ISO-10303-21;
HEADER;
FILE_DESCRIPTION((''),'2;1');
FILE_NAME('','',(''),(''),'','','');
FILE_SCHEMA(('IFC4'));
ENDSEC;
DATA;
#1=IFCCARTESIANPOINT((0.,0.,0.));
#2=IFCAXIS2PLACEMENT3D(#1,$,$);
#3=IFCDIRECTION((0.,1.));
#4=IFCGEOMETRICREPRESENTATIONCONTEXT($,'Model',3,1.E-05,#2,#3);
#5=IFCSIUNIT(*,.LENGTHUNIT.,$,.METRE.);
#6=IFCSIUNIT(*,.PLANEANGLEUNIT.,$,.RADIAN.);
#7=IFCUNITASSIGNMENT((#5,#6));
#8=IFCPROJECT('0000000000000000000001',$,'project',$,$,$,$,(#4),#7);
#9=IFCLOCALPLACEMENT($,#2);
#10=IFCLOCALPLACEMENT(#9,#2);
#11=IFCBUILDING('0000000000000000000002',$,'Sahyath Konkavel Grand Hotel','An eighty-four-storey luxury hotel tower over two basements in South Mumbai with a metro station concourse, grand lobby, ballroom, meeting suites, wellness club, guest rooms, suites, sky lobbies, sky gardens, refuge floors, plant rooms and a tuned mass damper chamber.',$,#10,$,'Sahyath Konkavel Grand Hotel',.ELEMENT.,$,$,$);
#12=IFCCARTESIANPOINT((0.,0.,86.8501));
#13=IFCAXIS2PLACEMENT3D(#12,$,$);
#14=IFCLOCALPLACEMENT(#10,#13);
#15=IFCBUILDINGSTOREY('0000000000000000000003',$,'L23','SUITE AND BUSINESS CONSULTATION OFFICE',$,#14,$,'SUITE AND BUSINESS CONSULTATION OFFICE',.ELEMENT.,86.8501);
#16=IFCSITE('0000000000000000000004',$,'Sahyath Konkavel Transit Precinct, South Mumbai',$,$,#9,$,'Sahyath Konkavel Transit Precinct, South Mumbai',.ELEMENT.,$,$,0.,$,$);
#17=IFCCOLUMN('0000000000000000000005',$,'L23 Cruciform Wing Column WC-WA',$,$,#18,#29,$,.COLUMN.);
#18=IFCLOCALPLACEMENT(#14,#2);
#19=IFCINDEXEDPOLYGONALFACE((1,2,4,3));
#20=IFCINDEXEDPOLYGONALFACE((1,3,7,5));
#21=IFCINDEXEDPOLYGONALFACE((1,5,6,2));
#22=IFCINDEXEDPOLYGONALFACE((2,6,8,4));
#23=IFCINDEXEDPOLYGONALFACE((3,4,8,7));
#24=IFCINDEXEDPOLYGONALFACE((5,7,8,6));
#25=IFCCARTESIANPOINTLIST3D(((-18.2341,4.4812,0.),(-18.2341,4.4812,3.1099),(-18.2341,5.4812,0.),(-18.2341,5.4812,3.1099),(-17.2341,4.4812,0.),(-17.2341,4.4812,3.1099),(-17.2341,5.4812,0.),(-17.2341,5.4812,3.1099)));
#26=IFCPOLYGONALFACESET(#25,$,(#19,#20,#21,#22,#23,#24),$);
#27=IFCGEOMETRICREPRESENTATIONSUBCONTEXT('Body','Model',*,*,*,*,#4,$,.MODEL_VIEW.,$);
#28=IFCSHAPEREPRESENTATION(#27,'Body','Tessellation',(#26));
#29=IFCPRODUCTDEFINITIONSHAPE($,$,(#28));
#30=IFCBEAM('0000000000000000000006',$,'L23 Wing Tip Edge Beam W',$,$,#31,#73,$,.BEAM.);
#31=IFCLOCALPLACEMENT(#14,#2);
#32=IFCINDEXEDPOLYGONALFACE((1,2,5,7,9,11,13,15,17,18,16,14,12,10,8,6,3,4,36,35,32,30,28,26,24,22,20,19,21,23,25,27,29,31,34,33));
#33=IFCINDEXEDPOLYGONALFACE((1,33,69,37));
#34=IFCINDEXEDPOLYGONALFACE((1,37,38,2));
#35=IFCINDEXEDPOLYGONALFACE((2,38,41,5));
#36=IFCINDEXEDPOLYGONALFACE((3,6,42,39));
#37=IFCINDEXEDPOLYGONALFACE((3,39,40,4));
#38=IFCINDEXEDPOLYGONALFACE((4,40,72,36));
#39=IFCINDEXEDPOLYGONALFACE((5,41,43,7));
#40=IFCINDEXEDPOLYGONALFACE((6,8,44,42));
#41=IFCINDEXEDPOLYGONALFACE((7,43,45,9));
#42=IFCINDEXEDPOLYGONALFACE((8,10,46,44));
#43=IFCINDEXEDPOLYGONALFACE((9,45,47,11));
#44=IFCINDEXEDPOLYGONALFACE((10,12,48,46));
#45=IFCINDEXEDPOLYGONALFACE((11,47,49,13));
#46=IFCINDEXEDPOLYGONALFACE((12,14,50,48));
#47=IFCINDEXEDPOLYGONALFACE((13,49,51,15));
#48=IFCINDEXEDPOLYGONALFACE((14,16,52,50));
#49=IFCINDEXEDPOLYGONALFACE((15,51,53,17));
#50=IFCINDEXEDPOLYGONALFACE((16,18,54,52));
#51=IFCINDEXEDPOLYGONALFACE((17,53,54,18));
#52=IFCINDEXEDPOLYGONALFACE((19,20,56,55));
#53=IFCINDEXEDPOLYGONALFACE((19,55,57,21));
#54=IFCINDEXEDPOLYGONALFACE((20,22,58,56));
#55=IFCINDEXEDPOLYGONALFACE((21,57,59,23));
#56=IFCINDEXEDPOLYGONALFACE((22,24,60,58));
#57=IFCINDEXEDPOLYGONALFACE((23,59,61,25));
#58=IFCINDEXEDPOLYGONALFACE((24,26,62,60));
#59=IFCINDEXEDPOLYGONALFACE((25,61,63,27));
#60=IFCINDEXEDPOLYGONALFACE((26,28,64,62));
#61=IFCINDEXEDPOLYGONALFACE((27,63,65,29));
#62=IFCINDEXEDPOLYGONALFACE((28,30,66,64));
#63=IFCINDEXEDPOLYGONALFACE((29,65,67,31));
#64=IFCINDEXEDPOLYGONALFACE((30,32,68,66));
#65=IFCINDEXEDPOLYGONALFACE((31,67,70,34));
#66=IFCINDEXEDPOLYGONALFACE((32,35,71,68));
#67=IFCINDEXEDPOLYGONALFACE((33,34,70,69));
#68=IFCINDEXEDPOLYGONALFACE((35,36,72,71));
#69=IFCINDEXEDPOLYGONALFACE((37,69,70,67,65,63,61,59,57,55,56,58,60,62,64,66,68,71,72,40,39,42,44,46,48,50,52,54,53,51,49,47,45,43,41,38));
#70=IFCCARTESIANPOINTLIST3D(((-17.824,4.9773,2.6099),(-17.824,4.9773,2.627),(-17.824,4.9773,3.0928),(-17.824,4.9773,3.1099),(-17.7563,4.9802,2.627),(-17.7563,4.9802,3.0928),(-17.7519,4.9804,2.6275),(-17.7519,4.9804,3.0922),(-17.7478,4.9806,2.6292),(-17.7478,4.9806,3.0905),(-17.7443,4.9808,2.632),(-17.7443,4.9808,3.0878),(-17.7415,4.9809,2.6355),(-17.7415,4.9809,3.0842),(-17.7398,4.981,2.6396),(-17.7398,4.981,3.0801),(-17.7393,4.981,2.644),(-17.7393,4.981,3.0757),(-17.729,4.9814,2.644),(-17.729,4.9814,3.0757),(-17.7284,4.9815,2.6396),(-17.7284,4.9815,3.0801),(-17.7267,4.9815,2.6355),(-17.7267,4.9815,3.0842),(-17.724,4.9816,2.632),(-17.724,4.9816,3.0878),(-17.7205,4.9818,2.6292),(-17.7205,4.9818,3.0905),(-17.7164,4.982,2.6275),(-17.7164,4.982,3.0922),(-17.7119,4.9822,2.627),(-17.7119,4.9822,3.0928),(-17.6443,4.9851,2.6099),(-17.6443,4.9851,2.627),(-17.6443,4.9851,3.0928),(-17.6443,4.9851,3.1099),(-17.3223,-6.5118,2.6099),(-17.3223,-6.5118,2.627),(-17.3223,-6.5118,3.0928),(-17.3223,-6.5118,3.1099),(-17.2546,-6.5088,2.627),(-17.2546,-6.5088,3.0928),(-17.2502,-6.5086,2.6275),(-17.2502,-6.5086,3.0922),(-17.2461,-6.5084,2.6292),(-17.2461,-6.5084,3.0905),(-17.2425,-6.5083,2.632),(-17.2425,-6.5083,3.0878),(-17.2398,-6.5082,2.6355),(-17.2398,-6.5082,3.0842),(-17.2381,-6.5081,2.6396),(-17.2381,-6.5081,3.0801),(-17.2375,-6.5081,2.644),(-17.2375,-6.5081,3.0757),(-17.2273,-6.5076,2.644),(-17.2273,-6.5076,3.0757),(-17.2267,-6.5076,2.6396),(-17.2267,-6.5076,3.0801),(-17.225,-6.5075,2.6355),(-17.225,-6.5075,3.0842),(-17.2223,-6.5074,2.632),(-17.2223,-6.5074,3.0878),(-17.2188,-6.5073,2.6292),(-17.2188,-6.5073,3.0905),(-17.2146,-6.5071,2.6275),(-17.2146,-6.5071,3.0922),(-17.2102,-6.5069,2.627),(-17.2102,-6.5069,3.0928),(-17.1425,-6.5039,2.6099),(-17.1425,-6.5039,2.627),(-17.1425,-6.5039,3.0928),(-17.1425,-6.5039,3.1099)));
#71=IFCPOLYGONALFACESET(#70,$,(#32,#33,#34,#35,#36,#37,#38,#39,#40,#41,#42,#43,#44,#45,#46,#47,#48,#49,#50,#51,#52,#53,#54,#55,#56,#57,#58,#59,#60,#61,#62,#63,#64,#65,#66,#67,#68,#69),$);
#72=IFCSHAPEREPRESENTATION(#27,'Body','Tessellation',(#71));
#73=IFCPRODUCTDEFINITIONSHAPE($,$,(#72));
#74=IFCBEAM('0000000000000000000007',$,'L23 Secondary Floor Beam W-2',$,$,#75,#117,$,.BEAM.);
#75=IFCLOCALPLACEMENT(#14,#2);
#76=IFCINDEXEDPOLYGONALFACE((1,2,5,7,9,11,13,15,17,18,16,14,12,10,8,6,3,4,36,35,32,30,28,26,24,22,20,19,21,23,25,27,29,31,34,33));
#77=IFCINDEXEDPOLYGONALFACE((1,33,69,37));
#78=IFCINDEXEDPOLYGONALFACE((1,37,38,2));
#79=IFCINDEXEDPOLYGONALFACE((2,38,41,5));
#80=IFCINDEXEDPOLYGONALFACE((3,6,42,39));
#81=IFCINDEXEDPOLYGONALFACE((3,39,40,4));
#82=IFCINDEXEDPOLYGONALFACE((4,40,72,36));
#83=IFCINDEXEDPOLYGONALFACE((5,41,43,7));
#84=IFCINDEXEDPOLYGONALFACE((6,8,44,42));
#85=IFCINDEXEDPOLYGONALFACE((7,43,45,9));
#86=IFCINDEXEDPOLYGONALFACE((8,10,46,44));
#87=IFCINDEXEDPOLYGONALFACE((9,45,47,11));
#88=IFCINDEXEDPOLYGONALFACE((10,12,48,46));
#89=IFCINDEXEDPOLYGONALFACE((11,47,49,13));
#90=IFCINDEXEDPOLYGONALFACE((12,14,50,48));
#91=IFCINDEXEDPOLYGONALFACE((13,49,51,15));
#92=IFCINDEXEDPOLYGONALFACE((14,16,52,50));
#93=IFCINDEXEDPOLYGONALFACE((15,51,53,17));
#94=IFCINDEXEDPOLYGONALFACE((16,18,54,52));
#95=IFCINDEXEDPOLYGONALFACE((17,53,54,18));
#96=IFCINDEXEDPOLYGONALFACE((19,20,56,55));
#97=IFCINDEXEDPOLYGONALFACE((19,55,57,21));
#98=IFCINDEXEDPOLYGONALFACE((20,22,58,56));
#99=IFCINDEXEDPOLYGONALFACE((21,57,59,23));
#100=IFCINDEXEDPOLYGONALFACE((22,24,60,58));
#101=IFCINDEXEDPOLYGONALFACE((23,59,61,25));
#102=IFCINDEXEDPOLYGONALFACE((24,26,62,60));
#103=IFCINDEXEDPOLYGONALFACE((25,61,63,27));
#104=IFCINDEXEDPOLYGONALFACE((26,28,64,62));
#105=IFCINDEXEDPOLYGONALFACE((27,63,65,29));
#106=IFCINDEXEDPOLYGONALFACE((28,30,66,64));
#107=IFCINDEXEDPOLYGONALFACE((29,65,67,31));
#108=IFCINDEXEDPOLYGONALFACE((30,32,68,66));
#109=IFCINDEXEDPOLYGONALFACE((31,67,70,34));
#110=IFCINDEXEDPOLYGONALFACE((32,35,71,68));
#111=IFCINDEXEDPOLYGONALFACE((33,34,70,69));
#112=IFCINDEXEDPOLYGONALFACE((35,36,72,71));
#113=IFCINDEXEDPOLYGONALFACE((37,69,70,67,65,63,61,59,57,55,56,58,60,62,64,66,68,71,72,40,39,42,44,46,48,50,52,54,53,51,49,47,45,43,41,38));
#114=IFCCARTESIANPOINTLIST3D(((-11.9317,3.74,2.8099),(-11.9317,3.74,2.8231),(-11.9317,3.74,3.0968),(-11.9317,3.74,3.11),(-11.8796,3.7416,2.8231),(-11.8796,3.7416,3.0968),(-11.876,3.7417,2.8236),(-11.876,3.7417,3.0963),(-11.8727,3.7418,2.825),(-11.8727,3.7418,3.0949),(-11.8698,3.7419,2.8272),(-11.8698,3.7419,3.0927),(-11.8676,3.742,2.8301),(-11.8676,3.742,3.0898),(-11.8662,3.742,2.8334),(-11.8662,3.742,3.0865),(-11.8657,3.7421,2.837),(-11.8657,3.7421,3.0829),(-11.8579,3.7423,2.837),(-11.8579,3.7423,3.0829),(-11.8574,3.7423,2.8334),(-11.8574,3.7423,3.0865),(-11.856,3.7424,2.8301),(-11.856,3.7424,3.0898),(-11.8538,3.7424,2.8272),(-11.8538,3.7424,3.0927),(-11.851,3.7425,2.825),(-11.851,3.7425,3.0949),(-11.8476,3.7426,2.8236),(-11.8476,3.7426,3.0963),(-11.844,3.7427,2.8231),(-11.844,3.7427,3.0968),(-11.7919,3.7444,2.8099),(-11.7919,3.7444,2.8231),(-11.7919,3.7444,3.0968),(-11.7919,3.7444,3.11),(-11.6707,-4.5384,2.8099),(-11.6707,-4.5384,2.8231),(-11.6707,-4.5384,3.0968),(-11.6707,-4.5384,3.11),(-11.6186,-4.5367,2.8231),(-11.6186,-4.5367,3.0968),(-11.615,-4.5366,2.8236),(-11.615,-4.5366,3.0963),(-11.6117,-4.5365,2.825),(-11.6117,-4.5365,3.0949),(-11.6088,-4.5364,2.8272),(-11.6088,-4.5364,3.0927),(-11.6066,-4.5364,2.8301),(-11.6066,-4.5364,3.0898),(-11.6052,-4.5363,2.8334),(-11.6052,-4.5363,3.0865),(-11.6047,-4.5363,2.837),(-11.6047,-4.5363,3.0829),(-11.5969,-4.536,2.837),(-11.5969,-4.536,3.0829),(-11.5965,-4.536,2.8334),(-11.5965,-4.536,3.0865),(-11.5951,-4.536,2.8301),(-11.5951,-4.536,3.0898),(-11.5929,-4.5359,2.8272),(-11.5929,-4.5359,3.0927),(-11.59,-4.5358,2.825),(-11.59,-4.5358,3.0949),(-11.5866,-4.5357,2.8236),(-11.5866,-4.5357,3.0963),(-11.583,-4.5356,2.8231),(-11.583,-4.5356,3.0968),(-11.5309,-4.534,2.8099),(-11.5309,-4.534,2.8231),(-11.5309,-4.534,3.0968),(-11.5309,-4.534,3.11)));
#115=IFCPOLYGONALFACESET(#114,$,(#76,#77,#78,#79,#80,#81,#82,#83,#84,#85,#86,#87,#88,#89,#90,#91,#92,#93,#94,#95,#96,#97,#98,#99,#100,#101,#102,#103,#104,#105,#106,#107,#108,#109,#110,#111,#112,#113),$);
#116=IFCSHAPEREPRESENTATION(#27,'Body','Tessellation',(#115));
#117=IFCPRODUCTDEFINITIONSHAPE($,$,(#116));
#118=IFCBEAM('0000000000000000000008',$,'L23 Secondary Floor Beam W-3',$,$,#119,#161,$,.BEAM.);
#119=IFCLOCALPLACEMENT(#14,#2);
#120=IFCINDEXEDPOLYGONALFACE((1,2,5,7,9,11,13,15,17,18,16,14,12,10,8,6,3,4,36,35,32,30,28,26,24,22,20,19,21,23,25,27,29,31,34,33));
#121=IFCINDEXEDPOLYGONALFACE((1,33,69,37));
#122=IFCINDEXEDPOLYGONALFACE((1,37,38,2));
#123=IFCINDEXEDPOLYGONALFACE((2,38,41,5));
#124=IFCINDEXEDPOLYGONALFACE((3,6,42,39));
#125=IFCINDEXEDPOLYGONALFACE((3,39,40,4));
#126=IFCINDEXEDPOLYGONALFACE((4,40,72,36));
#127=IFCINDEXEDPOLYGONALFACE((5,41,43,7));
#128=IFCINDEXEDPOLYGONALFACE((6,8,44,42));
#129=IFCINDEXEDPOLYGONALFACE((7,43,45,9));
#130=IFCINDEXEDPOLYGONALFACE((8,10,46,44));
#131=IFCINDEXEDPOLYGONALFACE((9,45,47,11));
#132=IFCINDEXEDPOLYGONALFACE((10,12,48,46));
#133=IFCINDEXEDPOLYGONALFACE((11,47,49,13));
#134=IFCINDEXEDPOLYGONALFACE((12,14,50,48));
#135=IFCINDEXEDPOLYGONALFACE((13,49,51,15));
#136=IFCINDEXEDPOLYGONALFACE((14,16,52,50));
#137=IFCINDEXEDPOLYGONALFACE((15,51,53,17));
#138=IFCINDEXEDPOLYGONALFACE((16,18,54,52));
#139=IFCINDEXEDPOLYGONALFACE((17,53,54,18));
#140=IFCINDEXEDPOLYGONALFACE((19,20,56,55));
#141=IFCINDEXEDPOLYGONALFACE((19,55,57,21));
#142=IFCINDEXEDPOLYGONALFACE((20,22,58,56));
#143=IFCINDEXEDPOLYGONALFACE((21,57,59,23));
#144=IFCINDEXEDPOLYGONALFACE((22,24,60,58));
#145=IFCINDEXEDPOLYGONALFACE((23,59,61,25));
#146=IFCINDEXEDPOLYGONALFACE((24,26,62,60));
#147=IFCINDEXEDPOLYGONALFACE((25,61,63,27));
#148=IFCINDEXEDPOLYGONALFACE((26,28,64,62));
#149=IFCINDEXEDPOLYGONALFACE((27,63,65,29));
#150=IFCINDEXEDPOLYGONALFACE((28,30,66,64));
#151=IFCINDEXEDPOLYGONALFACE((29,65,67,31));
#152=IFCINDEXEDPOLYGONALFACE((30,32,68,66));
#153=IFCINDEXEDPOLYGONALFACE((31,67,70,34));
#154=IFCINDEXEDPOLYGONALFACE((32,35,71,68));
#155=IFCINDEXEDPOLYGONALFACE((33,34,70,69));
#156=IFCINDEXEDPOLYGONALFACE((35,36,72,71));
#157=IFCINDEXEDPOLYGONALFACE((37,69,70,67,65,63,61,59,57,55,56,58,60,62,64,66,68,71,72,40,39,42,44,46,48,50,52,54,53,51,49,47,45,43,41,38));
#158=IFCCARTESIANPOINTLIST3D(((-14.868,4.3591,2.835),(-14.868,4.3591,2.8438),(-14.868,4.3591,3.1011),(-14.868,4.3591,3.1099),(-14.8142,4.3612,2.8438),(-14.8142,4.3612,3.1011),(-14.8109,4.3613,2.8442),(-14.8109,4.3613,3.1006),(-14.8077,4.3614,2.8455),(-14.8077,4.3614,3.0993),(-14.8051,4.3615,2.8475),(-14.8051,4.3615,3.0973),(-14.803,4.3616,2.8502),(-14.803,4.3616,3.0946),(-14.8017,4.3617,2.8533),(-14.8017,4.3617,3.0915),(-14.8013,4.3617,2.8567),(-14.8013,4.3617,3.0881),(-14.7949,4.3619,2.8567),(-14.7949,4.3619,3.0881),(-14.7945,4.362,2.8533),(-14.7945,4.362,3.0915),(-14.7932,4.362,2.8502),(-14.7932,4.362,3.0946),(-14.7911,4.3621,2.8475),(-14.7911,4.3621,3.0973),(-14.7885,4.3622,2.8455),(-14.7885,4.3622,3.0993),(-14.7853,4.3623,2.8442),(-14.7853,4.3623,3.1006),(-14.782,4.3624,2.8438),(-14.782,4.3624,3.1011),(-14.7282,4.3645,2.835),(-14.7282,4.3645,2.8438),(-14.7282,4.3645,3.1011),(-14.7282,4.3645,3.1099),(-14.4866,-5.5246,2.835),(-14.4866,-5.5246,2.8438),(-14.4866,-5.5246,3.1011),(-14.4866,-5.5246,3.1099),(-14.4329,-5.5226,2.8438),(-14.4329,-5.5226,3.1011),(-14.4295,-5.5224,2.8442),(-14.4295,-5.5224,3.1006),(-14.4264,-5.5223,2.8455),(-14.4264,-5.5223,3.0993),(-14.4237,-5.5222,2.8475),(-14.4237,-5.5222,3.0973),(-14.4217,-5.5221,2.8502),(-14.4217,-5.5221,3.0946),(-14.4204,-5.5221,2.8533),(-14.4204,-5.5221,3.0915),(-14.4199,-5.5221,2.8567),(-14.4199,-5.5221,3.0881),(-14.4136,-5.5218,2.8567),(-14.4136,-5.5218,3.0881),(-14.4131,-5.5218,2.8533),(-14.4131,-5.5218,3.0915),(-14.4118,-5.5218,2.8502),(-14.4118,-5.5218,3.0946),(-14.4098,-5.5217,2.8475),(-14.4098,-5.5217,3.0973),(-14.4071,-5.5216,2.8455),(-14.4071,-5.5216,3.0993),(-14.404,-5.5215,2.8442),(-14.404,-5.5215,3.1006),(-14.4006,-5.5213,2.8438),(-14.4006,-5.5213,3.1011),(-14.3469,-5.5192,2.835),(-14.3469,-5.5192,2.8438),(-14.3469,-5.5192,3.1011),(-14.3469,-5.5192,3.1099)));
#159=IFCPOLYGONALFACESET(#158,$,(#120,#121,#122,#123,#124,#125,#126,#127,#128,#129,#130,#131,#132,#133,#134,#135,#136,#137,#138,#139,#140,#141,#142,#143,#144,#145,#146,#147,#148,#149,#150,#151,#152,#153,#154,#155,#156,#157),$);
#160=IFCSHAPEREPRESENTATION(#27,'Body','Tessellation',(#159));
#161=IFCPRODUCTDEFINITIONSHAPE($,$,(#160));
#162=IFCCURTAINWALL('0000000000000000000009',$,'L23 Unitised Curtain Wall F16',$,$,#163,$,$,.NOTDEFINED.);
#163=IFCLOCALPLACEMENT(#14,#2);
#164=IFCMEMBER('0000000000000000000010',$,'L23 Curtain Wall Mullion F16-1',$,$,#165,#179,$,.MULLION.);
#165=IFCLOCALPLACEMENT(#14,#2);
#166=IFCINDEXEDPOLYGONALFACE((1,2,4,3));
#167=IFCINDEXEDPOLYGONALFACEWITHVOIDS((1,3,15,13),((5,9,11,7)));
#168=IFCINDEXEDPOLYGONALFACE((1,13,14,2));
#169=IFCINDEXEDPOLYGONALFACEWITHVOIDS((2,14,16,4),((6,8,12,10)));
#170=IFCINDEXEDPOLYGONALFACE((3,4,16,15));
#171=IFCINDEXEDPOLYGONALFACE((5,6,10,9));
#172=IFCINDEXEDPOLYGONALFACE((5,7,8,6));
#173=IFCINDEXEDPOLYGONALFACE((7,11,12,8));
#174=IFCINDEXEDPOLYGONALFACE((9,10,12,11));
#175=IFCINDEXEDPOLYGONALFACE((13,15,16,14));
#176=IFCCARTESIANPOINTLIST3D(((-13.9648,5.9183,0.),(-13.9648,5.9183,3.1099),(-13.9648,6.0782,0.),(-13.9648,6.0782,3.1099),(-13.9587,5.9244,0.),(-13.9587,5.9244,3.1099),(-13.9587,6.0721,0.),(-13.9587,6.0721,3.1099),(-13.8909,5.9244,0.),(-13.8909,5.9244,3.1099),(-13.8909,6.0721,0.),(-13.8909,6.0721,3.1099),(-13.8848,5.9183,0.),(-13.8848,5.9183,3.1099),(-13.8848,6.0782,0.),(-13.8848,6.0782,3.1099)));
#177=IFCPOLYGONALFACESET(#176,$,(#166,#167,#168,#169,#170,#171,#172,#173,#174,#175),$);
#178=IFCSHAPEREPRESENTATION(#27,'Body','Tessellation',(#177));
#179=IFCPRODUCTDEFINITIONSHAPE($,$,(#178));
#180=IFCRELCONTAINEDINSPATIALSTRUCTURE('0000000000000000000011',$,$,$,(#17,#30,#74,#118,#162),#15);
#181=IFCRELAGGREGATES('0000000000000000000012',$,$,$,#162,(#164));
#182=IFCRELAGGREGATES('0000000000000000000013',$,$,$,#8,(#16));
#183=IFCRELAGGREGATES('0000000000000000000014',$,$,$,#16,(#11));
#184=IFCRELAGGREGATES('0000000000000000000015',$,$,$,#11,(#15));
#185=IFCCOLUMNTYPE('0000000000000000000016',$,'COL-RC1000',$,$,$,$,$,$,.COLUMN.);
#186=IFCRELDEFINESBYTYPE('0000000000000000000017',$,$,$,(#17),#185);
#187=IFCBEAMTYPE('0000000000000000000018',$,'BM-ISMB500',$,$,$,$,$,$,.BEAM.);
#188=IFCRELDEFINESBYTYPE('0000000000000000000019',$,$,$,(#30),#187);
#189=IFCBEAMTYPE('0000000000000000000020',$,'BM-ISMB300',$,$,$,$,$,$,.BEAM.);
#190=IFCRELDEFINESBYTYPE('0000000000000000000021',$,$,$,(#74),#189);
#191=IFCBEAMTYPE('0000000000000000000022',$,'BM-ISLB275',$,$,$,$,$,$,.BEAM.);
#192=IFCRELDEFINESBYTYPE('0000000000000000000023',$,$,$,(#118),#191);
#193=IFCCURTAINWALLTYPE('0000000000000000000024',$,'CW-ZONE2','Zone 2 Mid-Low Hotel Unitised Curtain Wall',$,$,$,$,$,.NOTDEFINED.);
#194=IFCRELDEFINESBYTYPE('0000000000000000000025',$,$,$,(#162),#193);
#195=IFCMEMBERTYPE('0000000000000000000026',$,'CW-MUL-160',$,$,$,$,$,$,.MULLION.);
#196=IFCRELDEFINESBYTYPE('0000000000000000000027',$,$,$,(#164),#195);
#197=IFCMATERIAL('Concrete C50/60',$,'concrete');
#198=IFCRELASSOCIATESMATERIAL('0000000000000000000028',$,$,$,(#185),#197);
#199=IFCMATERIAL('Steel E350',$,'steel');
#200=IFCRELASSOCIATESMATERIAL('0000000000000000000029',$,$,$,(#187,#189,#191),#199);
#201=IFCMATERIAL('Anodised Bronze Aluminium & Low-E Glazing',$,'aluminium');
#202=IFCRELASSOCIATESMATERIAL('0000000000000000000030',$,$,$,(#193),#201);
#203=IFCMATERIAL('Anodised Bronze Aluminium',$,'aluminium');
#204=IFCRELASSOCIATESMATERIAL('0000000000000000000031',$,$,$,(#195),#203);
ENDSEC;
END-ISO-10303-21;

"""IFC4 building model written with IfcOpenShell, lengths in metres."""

from ifc_helpers import new_model, si_unit, direction, frame, origin, origin_2d, place, context, subcontext, project, spatial, rectangle, hollow_rectangle, i_section, extrude, source, transform, mapped, material, material_profile, profile_set, type_object, element, aggregate, save


model = new_model("IFC4")

# Units and contexts
model_context = context("Model", 3, precision=1e-05, world=origin(), true_north=direction((0.0, 1.0)))
body_context = subcontext(model_context, "Body", "Model", "MODEL_VIEW")
ifc_project = project(units=[si_unit("LENGTHUNIT", "METRE"), si_unit("PLANEANGLEUNIT", "RADIAN")], contexts=[model_context])

# Site, building, storey
site_placement = place(None, origin())
site = spatial("IfcSite", under=ifc_project, at=site_placement, Name="Sahyath Konkavel Transit Precinct, South Mumbai", LongName="Sahyath Konkavel Transit Precinct, South Mumbai", CompositionType="ELEMENT", RefElevation=0.0)
building_placement = place(site_placement, origin())
building = spatial("IfcBuilding", under=site, at=building_placement, Name="Sahyath Konkavel Grand Hotel", Description="An eighty-four-storey luxury hotel tower over two basements in South Mumbai with a metro station concourse, grand lobby, ballroom, meeting suites, wellness club, guest rooms, suites, sky lobbies, sky gardens, refuge floors, plant rooms and a tuned mass damper chamber.", LongName="Sahyath Konkavel Grand Hotel", CompositionType="ELEMENT")
storey_placement = place(building_placement, frame((0.0, 0.0, 86.8501)))
storey = spatial("IfcBuildingStorey", under=building, at=storey_placement, Name="L23", Description="SUITE AND BUSINESS CONSULTATION OFFICE", LongName="SUITE AND BUSINESS CONSULTATION OFFICE", CompositionType="ELEMENT", Elevation=86.8501)

# Column
ifc_material_1 = material(Name="Concrete C50/60", Category="concrete")
ifc_material_profile_1 = material_profile(ifc_material_1, rectangle(XDim=1.0, YDim=1.0, at=origin_2d()), Name="RC 1000x1000")
ifc_profile_set_1 = profile_set([ifc_material_profile_1], Name="Concrete C50/60")
column_type = type_object("IfcColumnType", Name="COL-RC1000", PredefinedType="COLUMN", material=ifc_profile_set_1)
shared_shape_1 = source(origin(), body_context, "Body", "SweptSolid", [
    extrude(rectangle(XDim=1.0, YDim=1.0, at=origin_2d()), origin(), (0.0, 0.0, 1.0), 3.1099),
])
column_placement = place(storey_placement, frame((-17.7341, 4.9812, 0.0), z_axis=(0.0, 0.0, 1.0), x_axis=(1.0, 0.0, 0.0)))
element("IfcColumn", 1, at=column_placement, inside=storey, type_object=column_type, Name="L23 Cruciform Wing Column WC-WA", PredefinedType="COLUMN", context=body_context, shape_type="MappedRepresentation", body=[
    mapped(shared_shape_1, transform((0.0, 0.0, 0.0), scale=1.0)),
])

# Beams
ifc_material_2 = material(Name="Steel E350", Category="steel")
ifc_material_profile_2 = material_profile(ifc_material_2, i_section(OverallWidth=0.1799, OverallDepth=0.5, WebThickness=0.0103, FlangeThickness=0.0171, FilletRadius=0.0171, at=origin_2d()), Name="ISMB 500")
ifc_profile_set_2 = profile_set([ifc_material_profile_2], Name="Steel E350")
beam_type_1 = type_object("IfcBeamType", Name="BM-ISMB500", PredefinedType="BEAM", material=ifc_profile_set_2)
shared_shape_2 = source(origin(), body_context, "Body", "SweptSolid", [
    extrude(i_section(OverallWidth=0.1799, OverallDepth=0.5, WebThickness=0.0103, FlangeThickness=0.0171, FilletRadius=0.0171, at=origin_2d()), origin(), (0.0, 0.0, 1.0), 11.5),
])
beam_1_placement = place(storey_placement, frame((-17.7341, 4.9812, 2.8599), z_axis=(0.043627, -0.999048, 0.0), x_axis=(0.999048, 0.043627, 0.0)))
element("IfcBeam", 2, at=beam_1_placement, inside=storey, type_object=beam_type_1, Name="L23 Wing Tip Edge Beam W", PredefinedType="BEAM", context=body_context, shape_type="MappedRepresentation", body=[
    mapped(shared_shape_2, transform((0.0, 0.0, 0.0), scale=1.0)),
])
ifc_material_profile_3 = material_profile(ifc_material_2, i_section(OverallWidth=0.1399, OverallDepth=0.3, WebThickness=0.0078, FlangeThickness=0.0132, FilletRadius=0.0139, at=origin_2d()), Name="ISMB 300")
ifc_profile_set_3 = profile_set([ifc_material_profile_3], Name="Steel E350")
beam_type_2 = type_object("IfcBeamType", Name="BM-ISMB300", PredefinedType="BEAM", material=ifc_profile_set_3)
shared_shape_3 = source(origin(), body_context, "Body", "SweptSolid", [
    extrude(i_section(OverallWidth=0.1399, OverallDepth=0.3, WebThickness=0.0078, FlangeThickness=0.0132, FilletRadius=0.0139, at=origin_2d()), origin(), (0.0, 0.0, 1.0), 8.2825),
])
beam_2_placement = place(storey_placement, frame((-11.8618, 3.7422, 2.96), z_axis=(0.031511, -0.999503, 0.0), x_axis=(0.999503, 0.031511, 0.0)))
element("IfcBeam", 3, at=beam_2_placement, inside=storey, type_object=beam_type_2, Name="L23 Secondary Floor Beam W-2", PredefinedType="BEAM", context=body_context, shape_type="MappedRepresentation", body=[
    mapped(shared_shape_3, transform((0.0, 0.0, 0.0), scale=1.0)),
])
ifc_material_profile_4 = material_profile(ifc_material_2, i_section(OverallWidth=0.1399, OverallDepth=0.2749, WebThickness=0.0063, FlangeThickness=0.0088, FilletRadius=0.0129, at=origin_2d()), Name="ISLB 275")
ifc_profile_set_4 = profile_set([ifc_material_profile_4], Name="Steel E350")
beam_type_3 = type_object("IfcBeamType", Name="BM-ISLB275", PredefinedType="BEAM", material=ifc_profile_set_4)
shared_shape_4 = source(origin(), body_context, "Body", "SweptSolid", [
    extrude(i_section(OverallWidth=0.1399, OverallDepth=0.2749, WebThickness=0.0063, FlangeThickness=0.0088, FilletRadius=0.0129, at=origin_2d()), origin(), (0.0, 0.0, 1.0), 9.8911),
])
beam_3_placement = place(storey_placement, frame((-14.7981, 4.3618, 2.9724), z_axis=(0.038554, -0.999257, 0.0), x_axis=(0.999257, 0.038554, 0.0)))
element("IfcBeam", 4, at=beam_3_placement, inside=storey, type_object=beam_type_3, Name="L23 Secondary Floor Beam W-3", PredefinedType="BEAM", context=body_context, shape_type="MappedRepresentation", body=[
    mapped(shared_shape_4, transform((0.0, 0.0, 0.0), scale=1.0)),
])

# Curtain wall, member
ifc_material_3 = material(Name="Anodised Bronze Aluminium & Low-E Glazing", Category="aluminium")
curtain_wall_type = type_object("IfcCurtainWallType", Name="CW-ZONE2", Description="Zone 2 Mid-Low Hotel Unitised Curtain Wall", PredefinedType="NOTDEFINED", material=ifc_material_3)
curtain_wall_1_placement = place(storey_placement, origin())
curtain_wall_1 = element("IfcCurtainWall", 5, at=curtain_wall_1_placement, inside=storey, type_object=curtain_wall_type, Name="L23 Unitised Curtain Wall F16", PredefinedType="NOTDEFINED")
ifc_material_4 = material(Name="Anodised Bronze Aluminium", Category="aluminium")
ifc_material_profile_5 = material_profile(ifc_material_4, hollow_rectangle(XDim=0.0801, YDim=0.1599, WallThickness=0.0061, at=origin_2d()), Name="RHS 160x80x6")
ifc_profile_set_5 = profile_set([ifc_material_profile_5], Name="Anodised Bronze Aluminium")
member_type_1 = type_object("IfcMemberType", Name="CW-MUL-160", PredefinedType="MULLION", material=ifc_profile_set_5)
shared_shape_5 = source(origin(), body_context, "Body", "SweptSolid", [
    extrude(hollow_rectangle(XDim=0.0801, YDim=0.1599, WallThickness=0.0061, at=origin_2d()), origin(), (0.0, 0.0, 1.0), 3.1099),
])
member_1_placement = place(storey_placement, frame((-13.9248, 5.9983, 0.0), z_axis=(0.0, 0.0, 1.0), x_axis=(1.0, 0.0, 0.0)))
member_1 = element("IfcMember", 6, at=member_1_placement, type_object=member_type_1, Name="L23 Curtain Wall Mullion F16-1", PredefinedType="MULLION", context=body_context, shape_type="MappedRepresentation", body=[
    mapped(shared_shape_5, transform((0.0, 0.0, 0.0), scale=1.0)),
])

aggregate(curtain_wall_1, [member_1])

save(model, "model.ifc")
